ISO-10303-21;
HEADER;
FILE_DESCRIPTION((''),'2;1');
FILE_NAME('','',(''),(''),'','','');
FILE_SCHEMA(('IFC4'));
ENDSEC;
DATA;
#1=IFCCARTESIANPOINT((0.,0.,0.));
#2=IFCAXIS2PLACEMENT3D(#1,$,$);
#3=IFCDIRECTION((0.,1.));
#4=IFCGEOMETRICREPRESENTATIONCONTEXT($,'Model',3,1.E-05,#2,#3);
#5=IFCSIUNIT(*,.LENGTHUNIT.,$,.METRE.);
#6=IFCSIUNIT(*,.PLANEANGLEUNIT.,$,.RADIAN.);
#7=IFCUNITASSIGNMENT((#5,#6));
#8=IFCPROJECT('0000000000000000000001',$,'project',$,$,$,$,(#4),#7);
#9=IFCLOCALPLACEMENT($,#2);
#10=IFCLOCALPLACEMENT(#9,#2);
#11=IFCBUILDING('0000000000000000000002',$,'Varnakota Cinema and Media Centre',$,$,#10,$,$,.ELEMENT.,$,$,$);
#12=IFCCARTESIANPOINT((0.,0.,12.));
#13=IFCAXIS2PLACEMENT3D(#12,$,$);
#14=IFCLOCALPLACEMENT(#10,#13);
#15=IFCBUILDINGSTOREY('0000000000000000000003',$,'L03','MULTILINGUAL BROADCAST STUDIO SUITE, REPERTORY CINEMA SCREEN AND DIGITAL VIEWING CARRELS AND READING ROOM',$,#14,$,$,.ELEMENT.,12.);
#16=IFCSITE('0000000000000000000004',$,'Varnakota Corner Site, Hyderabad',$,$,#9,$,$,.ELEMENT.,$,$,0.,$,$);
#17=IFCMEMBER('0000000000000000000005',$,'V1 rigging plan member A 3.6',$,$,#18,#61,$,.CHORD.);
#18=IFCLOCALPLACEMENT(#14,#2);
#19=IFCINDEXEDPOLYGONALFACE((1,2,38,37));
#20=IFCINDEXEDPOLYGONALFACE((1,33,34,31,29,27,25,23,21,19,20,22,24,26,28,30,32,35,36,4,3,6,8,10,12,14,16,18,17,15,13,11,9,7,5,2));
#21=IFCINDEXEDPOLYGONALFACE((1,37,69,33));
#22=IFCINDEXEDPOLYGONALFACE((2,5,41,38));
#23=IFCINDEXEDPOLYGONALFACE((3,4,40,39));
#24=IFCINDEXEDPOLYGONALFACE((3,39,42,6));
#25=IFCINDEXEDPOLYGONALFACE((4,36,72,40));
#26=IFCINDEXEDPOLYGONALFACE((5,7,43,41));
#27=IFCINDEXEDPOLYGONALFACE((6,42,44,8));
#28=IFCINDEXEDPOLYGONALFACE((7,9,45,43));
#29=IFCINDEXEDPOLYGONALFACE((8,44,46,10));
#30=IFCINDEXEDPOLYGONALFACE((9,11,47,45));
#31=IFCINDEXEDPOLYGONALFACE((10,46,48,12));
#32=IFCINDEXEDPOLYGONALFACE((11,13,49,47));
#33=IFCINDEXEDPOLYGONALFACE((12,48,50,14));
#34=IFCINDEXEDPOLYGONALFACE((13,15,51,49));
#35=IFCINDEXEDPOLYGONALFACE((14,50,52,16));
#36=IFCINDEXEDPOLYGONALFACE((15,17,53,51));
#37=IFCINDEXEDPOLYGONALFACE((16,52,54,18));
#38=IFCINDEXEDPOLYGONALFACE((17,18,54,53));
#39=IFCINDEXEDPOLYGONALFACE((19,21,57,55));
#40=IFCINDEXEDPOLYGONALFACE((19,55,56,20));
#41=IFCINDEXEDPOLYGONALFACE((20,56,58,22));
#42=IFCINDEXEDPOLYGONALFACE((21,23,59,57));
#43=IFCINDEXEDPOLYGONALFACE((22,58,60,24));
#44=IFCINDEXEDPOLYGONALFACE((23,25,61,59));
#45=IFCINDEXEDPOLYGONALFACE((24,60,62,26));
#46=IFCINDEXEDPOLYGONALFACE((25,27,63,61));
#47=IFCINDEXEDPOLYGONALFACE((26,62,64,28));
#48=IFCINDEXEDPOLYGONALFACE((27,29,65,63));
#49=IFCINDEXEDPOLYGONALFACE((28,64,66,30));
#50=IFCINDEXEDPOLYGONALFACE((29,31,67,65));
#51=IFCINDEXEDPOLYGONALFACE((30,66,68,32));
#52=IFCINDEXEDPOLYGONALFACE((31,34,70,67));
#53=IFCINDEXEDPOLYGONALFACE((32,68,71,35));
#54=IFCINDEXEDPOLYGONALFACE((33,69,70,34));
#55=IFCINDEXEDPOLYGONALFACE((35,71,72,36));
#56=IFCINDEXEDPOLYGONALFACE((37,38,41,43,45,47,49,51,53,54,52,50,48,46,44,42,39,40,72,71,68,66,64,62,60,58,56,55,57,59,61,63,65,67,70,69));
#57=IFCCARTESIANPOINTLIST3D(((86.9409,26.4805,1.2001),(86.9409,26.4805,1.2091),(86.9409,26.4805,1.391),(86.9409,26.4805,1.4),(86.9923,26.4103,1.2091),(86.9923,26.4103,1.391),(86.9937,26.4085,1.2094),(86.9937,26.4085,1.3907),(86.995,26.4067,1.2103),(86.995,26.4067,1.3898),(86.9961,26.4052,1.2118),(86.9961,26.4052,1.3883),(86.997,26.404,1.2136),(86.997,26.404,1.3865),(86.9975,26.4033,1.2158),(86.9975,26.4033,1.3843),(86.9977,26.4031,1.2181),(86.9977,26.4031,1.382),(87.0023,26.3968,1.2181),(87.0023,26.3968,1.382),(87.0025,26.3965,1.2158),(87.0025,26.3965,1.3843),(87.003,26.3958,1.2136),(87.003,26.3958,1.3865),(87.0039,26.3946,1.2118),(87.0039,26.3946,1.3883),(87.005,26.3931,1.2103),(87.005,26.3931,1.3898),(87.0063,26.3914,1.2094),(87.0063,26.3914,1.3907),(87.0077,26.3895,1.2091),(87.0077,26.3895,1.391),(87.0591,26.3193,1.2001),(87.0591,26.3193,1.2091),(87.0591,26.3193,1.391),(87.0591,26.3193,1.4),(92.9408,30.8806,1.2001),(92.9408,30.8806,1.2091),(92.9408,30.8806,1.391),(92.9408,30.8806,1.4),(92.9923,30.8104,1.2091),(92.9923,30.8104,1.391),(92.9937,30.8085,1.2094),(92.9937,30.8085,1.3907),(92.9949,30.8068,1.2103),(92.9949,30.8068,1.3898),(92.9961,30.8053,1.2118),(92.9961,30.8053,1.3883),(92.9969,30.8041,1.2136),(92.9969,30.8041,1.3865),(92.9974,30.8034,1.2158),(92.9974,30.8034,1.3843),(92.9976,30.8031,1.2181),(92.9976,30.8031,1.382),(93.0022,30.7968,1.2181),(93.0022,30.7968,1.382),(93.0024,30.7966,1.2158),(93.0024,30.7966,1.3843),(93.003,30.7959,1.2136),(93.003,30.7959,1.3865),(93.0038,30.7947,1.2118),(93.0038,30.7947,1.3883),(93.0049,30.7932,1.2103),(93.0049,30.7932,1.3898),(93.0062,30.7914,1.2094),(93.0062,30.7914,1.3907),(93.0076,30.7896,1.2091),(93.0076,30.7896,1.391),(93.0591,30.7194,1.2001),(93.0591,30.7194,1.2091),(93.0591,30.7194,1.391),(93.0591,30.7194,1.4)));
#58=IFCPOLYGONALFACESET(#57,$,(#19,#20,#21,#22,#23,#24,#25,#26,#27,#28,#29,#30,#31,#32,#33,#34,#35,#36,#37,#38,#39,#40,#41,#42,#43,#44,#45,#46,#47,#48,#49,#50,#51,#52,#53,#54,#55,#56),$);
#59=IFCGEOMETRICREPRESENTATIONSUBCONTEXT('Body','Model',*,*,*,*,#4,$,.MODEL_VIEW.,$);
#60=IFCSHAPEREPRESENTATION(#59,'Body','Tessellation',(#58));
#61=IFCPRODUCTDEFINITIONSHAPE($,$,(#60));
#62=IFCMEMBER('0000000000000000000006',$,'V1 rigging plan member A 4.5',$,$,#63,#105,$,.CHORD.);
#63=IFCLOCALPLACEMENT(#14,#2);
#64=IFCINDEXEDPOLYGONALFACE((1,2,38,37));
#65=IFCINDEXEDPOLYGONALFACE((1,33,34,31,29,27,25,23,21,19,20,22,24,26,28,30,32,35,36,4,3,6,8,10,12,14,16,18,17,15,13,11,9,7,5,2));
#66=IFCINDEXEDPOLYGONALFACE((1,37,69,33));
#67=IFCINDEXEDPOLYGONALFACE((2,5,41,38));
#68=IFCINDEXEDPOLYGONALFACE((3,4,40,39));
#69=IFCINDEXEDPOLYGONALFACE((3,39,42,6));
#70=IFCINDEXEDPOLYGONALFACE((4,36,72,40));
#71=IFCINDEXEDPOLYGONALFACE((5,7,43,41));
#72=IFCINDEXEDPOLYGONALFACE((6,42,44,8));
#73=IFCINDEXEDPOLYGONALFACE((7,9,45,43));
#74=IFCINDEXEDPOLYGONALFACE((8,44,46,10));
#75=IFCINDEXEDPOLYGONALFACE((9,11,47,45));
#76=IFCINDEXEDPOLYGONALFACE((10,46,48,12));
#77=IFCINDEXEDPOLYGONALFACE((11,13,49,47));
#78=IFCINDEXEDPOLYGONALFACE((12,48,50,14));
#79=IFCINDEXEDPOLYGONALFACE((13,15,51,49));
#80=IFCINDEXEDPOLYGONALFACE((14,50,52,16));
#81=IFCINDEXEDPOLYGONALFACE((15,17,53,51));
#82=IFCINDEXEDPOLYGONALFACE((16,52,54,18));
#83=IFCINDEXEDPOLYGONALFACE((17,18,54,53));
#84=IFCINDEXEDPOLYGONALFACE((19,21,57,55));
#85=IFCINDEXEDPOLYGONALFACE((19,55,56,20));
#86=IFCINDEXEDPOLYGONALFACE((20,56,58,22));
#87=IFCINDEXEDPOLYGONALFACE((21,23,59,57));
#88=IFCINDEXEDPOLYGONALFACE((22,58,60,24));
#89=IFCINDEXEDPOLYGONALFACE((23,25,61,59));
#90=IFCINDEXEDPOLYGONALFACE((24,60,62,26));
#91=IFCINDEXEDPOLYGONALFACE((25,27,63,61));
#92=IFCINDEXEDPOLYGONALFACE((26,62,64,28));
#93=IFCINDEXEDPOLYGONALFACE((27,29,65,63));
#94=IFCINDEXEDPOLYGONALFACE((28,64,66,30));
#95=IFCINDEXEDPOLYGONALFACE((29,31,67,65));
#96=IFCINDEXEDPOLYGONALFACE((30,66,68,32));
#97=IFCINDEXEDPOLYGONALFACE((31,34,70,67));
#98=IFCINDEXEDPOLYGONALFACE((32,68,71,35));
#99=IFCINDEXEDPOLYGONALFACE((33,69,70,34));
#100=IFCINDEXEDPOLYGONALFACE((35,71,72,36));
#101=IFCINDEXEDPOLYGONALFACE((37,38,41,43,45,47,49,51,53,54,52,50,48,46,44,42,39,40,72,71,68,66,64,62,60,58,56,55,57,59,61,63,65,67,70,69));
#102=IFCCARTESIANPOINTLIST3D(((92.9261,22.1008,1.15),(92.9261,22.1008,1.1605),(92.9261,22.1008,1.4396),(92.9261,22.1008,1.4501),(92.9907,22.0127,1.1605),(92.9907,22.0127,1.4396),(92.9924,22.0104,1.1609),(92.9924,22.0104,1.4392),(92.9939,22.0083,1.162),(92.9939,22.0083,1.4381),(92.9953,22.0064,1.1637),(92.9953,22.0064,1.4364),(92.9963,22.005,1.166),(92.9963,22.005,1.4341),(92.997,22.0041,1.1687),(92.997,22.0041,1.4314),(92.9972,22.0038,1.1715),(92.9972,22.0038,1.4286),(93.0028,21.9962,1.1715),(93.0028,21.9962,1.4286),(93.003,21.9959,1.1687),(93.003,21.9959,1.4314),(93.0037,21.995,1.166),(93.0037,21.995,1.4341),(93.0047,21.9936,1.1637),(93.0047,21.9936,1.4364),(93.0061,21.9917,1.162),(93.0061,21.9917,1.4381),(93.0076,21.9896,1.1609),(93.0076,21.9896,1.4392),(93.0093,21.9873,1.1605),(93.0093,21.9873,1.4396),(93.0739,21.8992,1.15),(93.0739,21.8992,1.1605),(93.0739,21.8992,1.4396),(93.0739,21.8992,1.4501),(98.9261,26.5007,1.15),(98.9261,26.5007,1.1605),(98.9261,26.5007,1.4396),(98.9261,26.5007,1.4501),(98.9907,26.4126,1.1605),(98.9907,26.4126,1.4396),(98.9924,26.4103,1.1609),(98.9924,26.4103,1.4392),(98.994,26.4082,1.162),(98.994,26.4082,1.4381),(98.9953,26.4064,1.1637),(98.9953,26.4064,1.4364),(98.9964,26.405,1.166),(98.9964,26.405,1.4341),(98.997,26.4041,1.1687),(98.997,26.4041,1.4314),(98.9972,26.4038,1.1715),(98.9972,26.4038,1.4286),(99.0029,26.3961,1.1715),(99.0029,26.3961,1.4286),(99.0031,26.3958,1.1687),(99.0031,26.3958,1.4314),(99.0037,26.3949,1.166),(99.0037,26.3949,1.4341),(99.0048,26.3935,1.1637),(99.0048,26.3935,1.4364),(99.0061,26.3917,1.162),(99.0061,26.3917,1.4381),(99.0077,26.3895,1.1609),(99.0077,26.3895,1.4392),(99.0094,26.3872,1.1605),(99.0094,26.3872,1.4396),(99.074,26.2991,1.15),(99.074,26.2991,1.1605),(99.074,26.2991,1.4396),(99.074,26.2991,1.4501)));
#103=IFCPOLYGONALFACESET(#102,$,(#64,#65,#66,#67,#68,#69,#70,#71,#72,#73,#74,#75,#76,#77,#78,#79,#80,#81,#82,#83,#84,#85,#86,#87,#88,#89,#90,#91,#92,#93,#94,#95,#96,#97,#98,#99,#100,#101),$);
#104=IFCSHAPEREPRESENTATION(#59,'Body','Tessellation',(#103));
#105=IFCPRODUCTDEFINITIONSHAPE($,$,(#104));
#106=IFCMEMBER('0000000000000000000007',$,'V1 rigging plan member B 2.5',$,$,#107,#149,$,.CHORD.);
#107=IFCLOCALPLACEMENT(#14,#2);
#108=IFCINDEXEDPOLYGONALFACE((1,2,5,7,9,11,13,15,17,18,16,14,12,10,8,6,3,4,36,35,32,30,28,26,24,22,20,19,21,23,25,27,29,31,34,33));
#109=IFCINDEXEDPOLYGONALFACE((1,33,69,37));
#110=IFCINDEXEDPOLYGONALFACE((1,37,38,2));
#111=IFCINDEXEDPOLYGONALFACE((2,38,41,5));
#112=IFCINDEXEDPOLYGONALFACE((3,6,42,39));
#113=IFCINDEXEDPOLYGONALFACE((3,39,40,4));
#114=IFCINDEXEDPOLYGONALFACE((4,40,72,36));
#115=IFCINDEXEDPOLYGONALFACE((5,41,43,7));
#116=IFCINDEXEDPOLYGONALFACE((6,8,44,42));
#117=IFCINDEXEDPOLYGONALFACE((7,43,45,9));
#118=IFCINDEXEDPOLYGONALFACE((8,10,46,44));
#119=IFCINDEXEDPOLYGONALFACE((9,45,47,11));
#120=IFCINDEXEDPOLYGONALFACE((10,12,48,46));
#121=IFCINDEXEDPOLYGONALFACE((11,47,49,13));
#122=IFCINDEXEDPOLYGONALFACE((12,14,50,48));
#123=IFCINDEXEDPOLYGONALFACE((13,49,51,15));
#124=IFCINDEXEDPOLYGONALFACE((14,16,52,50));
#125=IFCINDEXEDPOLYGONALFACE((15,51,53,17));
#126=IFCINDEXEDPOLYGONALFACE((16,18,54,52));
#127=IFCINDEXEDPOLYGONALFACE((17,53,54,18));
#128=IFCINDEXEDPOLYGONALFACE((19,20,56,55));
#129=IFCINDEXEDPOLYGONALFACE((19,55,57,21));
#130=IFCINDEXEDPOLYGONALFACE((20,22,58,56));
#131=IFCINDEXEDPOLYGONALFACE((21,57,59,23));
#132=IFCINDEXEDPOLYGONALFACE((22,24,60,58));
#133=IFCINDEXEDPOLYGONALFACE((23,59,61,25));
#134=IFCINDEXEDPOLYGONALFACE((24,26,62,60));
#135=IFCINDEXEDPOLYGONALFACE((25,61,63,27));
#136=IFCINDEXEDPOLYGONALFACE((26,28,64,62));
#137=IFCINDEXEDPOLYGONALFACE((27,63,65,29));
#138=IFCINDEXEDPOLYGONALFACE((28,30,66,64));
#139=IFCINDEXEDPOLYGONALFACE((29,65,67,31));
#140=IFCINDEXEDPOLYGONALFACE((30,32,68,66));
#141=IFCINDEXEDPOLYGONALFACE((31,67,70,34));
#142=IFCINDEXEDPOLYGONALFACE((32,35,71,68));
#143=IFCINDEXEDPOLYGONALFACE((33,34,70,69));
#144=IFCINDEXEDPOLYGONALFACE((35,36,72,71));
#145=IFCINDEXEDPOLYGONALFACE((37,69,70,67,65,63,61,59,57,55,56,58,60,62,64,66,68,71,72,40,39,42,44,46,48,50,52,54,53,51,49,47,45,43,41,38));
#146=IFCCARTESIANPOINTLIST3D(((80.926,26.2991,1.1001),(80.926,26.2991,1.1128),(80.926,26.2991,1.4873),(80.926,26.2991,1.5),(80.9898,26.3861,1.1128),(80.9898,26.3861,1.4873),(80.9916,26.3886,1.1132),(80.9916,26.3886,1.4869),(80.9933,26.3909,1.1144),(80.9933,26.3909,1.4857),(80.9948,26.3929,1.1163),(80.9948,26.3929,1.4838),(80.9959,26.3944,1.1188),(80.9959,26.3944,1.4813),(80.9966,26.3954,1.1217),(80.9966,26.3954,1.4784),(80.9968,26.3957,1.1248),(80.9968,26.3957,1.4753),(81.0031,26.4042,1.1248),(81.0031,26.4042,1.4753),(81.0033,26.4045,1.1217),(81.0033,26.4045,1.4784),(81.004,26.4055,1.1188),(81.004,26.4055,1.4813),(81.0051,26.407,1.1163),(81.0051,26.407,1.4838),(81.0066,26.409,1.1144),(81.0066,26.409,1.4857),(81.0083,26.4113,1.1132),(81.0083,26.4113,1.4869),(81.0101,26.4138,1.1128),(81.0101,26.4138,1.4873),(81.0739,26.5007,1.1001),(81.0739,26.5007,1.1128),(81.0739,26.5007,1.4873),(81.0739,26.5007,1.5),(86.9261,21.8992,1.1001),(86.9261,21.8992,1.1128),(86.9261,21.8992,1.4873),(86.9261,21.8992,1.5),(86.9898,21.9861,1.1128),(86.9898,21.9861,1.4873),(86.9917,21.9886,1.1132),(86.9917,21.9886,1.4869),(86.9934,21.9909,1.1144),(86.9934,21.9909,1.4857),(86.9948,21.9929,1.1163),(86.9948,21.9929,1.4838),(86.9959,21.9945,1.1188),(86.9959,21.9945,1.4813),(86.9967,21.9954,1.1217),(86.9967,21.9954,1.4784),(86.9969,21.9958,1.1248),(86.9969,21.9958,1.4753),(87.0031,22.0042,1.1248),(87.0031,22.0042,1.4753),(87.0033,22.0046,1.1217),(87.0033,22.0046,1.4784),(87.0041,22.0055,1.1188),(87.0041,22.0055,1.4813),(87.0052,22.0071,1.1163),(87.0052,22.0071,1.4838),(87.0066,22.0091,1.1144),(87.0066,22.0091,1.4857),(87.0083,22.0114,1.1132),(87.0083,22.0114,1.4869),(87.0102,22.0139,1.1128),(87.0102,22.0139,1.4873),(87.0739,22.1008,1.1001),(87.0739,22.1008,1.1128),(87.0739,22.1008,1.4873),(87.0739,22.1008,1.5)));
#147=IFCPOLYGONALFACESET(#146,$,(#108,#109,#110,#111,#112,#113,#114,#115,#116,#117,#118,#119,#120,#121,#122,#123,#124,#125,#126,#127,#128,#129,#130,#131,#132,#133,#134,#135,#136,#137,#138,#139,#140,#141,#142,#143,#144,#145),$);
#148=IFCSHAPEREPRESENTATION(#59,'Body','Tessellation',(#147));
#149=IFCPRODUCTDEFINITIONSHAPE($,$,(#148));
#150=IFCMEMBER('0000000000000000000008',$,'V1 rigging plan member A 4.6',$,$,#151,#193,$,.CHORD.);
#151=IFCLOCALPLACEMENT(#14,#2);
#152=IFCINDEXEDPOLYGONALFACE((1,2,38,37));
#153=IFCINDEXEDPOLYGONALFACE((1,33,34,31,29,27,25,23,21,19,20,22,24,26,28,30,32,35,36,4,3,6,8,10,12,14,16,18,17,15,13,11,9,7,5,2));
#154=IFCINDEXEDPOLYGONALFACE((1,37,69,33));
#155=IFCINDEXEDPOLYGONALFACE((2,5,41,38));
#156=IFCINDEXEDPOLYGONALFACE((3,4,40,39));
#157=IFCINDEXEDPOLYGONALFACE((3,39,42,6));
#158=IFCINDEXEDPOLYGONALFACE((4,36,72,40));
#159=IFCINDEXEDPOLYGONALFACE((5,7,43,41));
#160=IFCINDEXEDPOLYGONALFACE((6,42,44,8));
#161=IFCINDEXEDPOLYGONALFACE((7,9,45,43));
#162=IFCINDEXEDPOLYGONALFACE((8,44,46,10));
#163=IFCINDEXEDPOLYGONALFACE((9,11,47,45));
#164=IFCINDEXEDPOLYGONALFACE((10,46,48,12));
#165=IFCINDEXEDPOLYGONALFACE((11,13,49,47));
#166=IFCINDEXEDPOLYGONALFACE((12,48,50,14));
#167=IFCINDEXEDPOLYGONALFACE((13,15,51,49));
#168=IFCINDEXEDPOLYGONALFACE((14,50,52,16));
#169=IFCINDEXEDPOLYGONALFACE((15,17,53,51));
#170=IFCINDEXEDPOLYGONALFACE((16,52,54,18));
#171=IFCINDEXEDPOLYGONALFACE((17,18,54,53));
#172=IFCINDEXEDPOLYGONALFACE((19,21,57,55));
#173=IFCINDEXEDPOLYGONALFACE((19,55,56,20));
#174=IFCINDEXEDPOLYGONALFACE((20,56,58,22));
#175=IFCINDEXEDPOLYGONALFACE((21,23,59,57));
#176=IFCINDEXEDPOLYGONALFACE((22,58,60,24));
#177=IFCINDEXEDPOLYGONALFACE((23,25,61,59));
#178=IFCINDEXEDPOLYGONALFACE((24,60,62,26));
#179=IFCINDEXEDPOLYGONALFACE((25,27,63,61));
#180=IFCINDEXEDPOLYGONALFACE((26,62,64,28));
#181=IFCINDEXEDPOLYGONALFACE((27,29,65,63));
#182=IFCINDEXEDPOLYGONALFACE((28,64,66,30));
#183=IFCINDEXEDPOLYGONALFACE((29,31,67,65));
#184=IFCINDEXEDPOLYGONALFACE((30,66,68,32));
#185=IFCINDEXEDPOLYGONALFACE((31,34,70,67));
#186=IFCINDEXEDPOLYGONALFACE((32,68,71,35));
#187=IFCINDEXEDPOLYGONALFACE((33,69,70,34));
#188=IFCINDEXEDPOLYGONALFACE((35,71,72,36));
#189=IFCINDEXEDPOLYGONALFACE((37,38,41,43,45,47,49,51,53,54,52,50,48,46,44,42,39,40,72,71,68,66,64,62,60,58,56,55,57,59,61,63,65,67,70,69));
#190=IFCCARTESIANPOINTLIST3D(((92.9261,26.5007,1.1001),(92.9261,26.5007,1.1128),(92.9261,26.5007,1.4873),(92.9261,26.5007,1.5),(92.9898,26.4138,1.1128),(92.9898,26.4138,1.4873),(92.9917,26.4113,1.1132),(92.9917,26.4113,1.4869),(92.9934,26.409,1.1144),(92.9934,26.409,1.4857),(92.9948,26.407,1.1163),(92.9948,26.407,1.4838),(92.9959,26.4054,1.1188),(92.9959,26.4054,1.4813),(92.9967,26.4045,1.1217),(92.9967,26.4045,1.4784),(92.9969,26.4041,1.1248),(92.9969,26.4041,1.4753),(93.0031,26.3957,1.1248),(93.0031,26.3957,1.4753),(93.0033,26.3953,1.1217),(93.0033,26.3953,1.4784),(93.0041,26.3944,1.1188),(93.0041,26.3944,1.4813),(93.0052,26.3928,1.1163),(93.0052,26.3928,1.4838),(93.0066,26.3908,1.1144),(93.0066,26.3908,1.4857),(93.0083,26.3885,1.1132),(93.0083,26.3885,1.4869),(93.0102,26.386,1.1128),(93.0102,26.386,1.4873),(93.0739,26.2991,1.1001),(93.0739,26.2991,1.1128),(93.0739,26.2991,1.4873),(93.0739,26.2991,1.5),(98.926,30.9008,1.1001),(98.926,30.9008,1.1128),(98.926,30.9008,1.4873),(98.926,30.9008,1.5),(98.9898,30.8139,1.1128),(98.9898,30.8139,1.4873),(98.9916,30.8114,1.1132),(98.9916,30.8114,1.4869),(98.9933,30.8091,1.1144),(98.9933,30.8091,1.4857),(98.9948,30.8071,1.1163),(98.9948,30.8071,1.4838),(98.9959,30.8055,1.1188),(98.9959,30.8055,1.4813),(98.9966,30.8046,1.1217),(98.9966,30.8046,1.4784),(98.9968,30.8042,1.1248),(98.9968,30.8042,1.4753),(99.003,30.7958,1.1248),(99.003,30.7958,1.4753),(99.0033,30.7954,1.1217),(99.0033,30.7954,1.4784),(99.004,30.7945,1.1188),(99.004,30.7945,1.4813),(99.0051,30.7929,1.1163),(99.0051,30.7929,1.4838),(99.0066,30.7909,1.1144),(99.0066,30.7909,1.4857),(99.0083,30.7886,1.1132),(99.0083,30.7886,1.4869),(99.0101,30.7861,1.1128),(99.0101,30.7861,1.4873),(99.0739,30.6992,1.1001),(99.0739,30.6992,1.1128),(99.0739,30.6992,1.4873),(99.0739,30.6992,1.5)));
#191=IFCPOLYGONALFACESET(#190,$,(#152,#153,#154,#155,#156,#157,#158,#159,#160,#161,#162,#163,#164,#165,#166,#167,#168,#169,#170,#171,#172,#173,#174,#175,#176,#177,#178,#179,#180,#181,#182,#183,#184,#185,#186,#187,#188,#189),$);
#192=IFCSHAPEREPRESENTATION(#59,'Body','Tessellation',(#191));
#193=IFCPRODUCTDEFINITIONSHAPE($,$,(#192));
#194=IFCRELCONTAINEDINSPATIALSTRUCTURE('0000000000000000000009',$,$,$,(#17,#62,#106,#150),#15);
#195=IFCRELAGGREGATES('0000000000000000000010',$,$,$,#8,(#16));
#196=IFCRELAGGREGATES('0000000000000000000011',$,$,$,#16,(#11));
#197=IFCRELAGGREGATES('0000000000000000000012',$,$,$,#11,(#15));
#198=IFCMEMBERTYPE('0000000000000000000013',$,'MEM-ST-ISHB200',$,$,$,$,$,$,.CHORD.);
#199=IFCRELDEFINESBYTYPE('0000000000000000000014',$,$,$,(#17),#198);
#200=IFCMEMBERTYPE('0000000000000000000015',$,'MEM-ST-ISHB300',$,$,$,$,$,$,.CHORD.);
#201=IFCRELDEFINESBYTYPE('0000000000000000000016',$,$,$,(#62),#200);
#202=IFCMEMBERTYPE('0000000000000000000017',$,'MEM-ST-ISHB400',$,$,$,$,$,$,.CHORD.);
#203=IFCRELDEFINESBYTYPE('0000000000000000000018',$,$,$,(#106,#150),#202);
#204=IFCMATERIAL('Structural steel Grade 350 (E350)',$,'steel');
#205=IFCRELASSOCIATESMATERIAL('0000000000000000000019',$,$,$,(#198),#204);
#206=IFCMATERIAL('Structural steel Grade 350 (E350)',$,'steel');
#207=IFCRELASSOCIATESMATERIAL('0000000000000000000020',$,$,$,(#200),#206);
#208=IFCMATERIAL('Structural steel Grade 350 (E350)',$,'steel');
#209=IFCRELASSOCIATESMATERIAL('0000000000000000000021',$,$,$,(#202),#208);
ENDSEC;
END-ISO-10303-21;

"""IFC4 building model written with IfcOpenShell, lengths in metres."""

from ifc_helpers import new_model, si_unit, direction, frame, origin, origin_2d, place, context, subcontext, project, spatial, i_section, extrude, material, material_profile, profile_set, type_object, element, save


model = new_model("IFC4")

# Units and contexts
model_context = context("Model", 3, precision=1e-05, world=origin(), true_north=direction((0.0, 1.0)))
body_context = subcontext(model_context, "Body", "Model", "MODEL_VIEW")
ifc_project = project(units=[si_unit("LENGTHUNIT", "METRE"), si_unit("PLANEANGLEUNIT", "RADIAN")], contexts=[model_context])

# Site, building, storey
site_placement = place(None, origin())
site = spatial("IfcSite", under=ifc_project, at=site_placement, Name="Varnakota Corner Site, Hyderabad", CompositionType="ELEMENT", RefElevation=0.0)
building_placement = place(site_placement, origin())
building = spatial("IfcBuilding", under=site, at=building_placement, Name="Varnakota Cinema and Media Centre", CompositionType="ELEMENT")
storey_placement = place(building_placement, frame((0.0, 0.0, 12.0)))
storey = spatial("IfcBuildingStorey", under=building, at=storey_placement, Name="L03", Description="MULTILINGUAL BROADCAST STUDIO SUITE, REPERTORY CINEMA SCREEN AND DIGITAL VIEWING CARRELS AND READING ROOM", CompositionType="ELEMENT", Elevation=12.0)

# Members
ifc_material_1 = material(Name="Structural steel Grade 350 (E350)", Category="steel")
ifc_material_profile_1 = material_profile(ifc_material_1, i_section(OverallWidth=0.2, OverallDepth=0.2, WebThickness=0.0078, FlangeThickness=0.009, FilletRadius=0.009, at=origin_2d()), Name="ISHB 200")
ifc_profile_set_1 = profile_set([ifc_material_profile_1], Name="Structural steel Grade 350 (E350)")
member_type_1 = type_object("IfcMemberType", Name="MEM-ST-ISHB200", PredefinedType="CHORD", material=ifc_profile_set_1)
member_1_placement = place(storey_placement, frame((87.0, 26.3999, 1.3), z_axis=(0.806396, 0.591376, 0.0), x_axis=(-0.591376, 0.806396, 0.0)))
element("IfcMember", 1, at=member_1_placement, inside=storey, type_object=member_type_1, Name="V1 rigging plan member A 3.6", PredefinedType="CHORD", context=body_context, shape_type="SweptSolid", body=[
    extrude(i_section(OverallWidth=0.2, OverallDepth=0.2, WebThickness=0.0078, FlangeThickness=0.009, FilletRadius=0.009, at=origin_2d()), origin(), (0.0, 0.0, 1.0), 7.4404),
])
ifc_material_2 = material(Name="Structural steel Grade 350 (E350)", Category="steel")
ifc_material_profile_2 = material_profile(ifc_material_2, i_section(OverallWidth=0.25, OverallDepth=0.3, WebThickness=0.0095, FlangeThickness=0.0105, FilletRadius=0.011, at=origin_2d()), Name="ISHB 300")
ifc_profile_set_2 = profile_set([ifc_material_profile_2], Name="Structural steel Grade 350 (E350)")
member_type_2 = type_object("IfcMemberType", Name="MEM-ST-ISHB300", PredefinedType="CHORD", material=ifc_profile_set_2)
member_2_placement = place(storey_placement, frame((93.0, 22.0, 1.3), z_axis=(0.806411, 0.591355, 0.0), x_axis=(-0.591355, 0.806411, 0.0)))
element("IfcMember", 2, at=member_2_placement, inside=storey, type_object=member_type_2, Name="V1 rigging plan member A 4.5", PredefinedType="CHORD", context=body_context, shape_type="SweptSolid", body=[
    extrude(i_section(OverallWidth=0.25, OverallDepth=0.3, WebThickness=0.0095, FlangeThickness=0.0105, FilletRadius=0.011, at=origin_2d()), origin(), (0.0, 0.0, 1.0), 7.4404),
])
ifc_material_3 = material(Name="Structural steel Grade 350 (E350)", Category="steel")
ifc_material_profile_3 = material_profile(ifc_material_3, i_section(OverallWidth=0.25, OverallDepth=0.3999, WebThickness=0.0105, FlangeThickness=0.0127, FilletRadius=0.012, at=origin_2d()), Name="ISHB 400")
ifc_profile_set_3 = profile_set([ifc_material_profile_3], Name="Structural steel Grade 350 (E350)")
member_type_3 = type_object("IfcMemberType", Name="MEM-ST-ISHB400", PredefinedType="CHORD", material=ifc_profile_set_3)
for number, where, z_axis, x_axis, name in (
    (3, (87.0, 22.0, 1.3), (-0.806411, 0.591355, 0.0), (-0.591355, -0.806411, 0.0), "V1 rigging plan member B 2.5"),
    (4, (93.0, 26.3999, 1.3), (0.806396, 0.591376, 0.0), (-0.591376, 0.806396, 0.0), "V1 rigging plan member A 4.6"),
):
    element("IfcMember", number, at=place(storey_placement, frame(where, z_axis=z_axis, x_axis=x_axis)), inside=storey, type_object=member_type_3, Name=name, PredefinedType="CHORD", context=body_context, shape_type="SweptSolid", body=[
        extrude(i_section(OverallWidth=0.25, OverallDepth=0.3999, WebThickness=0.0105, FlangeThickness=0.0127, FilletRadius=0.012, at=origin_2d()), origin(), (0.0, 0.0, 1.0), 7.4404),
    ])

save(model, "model.ifc")
